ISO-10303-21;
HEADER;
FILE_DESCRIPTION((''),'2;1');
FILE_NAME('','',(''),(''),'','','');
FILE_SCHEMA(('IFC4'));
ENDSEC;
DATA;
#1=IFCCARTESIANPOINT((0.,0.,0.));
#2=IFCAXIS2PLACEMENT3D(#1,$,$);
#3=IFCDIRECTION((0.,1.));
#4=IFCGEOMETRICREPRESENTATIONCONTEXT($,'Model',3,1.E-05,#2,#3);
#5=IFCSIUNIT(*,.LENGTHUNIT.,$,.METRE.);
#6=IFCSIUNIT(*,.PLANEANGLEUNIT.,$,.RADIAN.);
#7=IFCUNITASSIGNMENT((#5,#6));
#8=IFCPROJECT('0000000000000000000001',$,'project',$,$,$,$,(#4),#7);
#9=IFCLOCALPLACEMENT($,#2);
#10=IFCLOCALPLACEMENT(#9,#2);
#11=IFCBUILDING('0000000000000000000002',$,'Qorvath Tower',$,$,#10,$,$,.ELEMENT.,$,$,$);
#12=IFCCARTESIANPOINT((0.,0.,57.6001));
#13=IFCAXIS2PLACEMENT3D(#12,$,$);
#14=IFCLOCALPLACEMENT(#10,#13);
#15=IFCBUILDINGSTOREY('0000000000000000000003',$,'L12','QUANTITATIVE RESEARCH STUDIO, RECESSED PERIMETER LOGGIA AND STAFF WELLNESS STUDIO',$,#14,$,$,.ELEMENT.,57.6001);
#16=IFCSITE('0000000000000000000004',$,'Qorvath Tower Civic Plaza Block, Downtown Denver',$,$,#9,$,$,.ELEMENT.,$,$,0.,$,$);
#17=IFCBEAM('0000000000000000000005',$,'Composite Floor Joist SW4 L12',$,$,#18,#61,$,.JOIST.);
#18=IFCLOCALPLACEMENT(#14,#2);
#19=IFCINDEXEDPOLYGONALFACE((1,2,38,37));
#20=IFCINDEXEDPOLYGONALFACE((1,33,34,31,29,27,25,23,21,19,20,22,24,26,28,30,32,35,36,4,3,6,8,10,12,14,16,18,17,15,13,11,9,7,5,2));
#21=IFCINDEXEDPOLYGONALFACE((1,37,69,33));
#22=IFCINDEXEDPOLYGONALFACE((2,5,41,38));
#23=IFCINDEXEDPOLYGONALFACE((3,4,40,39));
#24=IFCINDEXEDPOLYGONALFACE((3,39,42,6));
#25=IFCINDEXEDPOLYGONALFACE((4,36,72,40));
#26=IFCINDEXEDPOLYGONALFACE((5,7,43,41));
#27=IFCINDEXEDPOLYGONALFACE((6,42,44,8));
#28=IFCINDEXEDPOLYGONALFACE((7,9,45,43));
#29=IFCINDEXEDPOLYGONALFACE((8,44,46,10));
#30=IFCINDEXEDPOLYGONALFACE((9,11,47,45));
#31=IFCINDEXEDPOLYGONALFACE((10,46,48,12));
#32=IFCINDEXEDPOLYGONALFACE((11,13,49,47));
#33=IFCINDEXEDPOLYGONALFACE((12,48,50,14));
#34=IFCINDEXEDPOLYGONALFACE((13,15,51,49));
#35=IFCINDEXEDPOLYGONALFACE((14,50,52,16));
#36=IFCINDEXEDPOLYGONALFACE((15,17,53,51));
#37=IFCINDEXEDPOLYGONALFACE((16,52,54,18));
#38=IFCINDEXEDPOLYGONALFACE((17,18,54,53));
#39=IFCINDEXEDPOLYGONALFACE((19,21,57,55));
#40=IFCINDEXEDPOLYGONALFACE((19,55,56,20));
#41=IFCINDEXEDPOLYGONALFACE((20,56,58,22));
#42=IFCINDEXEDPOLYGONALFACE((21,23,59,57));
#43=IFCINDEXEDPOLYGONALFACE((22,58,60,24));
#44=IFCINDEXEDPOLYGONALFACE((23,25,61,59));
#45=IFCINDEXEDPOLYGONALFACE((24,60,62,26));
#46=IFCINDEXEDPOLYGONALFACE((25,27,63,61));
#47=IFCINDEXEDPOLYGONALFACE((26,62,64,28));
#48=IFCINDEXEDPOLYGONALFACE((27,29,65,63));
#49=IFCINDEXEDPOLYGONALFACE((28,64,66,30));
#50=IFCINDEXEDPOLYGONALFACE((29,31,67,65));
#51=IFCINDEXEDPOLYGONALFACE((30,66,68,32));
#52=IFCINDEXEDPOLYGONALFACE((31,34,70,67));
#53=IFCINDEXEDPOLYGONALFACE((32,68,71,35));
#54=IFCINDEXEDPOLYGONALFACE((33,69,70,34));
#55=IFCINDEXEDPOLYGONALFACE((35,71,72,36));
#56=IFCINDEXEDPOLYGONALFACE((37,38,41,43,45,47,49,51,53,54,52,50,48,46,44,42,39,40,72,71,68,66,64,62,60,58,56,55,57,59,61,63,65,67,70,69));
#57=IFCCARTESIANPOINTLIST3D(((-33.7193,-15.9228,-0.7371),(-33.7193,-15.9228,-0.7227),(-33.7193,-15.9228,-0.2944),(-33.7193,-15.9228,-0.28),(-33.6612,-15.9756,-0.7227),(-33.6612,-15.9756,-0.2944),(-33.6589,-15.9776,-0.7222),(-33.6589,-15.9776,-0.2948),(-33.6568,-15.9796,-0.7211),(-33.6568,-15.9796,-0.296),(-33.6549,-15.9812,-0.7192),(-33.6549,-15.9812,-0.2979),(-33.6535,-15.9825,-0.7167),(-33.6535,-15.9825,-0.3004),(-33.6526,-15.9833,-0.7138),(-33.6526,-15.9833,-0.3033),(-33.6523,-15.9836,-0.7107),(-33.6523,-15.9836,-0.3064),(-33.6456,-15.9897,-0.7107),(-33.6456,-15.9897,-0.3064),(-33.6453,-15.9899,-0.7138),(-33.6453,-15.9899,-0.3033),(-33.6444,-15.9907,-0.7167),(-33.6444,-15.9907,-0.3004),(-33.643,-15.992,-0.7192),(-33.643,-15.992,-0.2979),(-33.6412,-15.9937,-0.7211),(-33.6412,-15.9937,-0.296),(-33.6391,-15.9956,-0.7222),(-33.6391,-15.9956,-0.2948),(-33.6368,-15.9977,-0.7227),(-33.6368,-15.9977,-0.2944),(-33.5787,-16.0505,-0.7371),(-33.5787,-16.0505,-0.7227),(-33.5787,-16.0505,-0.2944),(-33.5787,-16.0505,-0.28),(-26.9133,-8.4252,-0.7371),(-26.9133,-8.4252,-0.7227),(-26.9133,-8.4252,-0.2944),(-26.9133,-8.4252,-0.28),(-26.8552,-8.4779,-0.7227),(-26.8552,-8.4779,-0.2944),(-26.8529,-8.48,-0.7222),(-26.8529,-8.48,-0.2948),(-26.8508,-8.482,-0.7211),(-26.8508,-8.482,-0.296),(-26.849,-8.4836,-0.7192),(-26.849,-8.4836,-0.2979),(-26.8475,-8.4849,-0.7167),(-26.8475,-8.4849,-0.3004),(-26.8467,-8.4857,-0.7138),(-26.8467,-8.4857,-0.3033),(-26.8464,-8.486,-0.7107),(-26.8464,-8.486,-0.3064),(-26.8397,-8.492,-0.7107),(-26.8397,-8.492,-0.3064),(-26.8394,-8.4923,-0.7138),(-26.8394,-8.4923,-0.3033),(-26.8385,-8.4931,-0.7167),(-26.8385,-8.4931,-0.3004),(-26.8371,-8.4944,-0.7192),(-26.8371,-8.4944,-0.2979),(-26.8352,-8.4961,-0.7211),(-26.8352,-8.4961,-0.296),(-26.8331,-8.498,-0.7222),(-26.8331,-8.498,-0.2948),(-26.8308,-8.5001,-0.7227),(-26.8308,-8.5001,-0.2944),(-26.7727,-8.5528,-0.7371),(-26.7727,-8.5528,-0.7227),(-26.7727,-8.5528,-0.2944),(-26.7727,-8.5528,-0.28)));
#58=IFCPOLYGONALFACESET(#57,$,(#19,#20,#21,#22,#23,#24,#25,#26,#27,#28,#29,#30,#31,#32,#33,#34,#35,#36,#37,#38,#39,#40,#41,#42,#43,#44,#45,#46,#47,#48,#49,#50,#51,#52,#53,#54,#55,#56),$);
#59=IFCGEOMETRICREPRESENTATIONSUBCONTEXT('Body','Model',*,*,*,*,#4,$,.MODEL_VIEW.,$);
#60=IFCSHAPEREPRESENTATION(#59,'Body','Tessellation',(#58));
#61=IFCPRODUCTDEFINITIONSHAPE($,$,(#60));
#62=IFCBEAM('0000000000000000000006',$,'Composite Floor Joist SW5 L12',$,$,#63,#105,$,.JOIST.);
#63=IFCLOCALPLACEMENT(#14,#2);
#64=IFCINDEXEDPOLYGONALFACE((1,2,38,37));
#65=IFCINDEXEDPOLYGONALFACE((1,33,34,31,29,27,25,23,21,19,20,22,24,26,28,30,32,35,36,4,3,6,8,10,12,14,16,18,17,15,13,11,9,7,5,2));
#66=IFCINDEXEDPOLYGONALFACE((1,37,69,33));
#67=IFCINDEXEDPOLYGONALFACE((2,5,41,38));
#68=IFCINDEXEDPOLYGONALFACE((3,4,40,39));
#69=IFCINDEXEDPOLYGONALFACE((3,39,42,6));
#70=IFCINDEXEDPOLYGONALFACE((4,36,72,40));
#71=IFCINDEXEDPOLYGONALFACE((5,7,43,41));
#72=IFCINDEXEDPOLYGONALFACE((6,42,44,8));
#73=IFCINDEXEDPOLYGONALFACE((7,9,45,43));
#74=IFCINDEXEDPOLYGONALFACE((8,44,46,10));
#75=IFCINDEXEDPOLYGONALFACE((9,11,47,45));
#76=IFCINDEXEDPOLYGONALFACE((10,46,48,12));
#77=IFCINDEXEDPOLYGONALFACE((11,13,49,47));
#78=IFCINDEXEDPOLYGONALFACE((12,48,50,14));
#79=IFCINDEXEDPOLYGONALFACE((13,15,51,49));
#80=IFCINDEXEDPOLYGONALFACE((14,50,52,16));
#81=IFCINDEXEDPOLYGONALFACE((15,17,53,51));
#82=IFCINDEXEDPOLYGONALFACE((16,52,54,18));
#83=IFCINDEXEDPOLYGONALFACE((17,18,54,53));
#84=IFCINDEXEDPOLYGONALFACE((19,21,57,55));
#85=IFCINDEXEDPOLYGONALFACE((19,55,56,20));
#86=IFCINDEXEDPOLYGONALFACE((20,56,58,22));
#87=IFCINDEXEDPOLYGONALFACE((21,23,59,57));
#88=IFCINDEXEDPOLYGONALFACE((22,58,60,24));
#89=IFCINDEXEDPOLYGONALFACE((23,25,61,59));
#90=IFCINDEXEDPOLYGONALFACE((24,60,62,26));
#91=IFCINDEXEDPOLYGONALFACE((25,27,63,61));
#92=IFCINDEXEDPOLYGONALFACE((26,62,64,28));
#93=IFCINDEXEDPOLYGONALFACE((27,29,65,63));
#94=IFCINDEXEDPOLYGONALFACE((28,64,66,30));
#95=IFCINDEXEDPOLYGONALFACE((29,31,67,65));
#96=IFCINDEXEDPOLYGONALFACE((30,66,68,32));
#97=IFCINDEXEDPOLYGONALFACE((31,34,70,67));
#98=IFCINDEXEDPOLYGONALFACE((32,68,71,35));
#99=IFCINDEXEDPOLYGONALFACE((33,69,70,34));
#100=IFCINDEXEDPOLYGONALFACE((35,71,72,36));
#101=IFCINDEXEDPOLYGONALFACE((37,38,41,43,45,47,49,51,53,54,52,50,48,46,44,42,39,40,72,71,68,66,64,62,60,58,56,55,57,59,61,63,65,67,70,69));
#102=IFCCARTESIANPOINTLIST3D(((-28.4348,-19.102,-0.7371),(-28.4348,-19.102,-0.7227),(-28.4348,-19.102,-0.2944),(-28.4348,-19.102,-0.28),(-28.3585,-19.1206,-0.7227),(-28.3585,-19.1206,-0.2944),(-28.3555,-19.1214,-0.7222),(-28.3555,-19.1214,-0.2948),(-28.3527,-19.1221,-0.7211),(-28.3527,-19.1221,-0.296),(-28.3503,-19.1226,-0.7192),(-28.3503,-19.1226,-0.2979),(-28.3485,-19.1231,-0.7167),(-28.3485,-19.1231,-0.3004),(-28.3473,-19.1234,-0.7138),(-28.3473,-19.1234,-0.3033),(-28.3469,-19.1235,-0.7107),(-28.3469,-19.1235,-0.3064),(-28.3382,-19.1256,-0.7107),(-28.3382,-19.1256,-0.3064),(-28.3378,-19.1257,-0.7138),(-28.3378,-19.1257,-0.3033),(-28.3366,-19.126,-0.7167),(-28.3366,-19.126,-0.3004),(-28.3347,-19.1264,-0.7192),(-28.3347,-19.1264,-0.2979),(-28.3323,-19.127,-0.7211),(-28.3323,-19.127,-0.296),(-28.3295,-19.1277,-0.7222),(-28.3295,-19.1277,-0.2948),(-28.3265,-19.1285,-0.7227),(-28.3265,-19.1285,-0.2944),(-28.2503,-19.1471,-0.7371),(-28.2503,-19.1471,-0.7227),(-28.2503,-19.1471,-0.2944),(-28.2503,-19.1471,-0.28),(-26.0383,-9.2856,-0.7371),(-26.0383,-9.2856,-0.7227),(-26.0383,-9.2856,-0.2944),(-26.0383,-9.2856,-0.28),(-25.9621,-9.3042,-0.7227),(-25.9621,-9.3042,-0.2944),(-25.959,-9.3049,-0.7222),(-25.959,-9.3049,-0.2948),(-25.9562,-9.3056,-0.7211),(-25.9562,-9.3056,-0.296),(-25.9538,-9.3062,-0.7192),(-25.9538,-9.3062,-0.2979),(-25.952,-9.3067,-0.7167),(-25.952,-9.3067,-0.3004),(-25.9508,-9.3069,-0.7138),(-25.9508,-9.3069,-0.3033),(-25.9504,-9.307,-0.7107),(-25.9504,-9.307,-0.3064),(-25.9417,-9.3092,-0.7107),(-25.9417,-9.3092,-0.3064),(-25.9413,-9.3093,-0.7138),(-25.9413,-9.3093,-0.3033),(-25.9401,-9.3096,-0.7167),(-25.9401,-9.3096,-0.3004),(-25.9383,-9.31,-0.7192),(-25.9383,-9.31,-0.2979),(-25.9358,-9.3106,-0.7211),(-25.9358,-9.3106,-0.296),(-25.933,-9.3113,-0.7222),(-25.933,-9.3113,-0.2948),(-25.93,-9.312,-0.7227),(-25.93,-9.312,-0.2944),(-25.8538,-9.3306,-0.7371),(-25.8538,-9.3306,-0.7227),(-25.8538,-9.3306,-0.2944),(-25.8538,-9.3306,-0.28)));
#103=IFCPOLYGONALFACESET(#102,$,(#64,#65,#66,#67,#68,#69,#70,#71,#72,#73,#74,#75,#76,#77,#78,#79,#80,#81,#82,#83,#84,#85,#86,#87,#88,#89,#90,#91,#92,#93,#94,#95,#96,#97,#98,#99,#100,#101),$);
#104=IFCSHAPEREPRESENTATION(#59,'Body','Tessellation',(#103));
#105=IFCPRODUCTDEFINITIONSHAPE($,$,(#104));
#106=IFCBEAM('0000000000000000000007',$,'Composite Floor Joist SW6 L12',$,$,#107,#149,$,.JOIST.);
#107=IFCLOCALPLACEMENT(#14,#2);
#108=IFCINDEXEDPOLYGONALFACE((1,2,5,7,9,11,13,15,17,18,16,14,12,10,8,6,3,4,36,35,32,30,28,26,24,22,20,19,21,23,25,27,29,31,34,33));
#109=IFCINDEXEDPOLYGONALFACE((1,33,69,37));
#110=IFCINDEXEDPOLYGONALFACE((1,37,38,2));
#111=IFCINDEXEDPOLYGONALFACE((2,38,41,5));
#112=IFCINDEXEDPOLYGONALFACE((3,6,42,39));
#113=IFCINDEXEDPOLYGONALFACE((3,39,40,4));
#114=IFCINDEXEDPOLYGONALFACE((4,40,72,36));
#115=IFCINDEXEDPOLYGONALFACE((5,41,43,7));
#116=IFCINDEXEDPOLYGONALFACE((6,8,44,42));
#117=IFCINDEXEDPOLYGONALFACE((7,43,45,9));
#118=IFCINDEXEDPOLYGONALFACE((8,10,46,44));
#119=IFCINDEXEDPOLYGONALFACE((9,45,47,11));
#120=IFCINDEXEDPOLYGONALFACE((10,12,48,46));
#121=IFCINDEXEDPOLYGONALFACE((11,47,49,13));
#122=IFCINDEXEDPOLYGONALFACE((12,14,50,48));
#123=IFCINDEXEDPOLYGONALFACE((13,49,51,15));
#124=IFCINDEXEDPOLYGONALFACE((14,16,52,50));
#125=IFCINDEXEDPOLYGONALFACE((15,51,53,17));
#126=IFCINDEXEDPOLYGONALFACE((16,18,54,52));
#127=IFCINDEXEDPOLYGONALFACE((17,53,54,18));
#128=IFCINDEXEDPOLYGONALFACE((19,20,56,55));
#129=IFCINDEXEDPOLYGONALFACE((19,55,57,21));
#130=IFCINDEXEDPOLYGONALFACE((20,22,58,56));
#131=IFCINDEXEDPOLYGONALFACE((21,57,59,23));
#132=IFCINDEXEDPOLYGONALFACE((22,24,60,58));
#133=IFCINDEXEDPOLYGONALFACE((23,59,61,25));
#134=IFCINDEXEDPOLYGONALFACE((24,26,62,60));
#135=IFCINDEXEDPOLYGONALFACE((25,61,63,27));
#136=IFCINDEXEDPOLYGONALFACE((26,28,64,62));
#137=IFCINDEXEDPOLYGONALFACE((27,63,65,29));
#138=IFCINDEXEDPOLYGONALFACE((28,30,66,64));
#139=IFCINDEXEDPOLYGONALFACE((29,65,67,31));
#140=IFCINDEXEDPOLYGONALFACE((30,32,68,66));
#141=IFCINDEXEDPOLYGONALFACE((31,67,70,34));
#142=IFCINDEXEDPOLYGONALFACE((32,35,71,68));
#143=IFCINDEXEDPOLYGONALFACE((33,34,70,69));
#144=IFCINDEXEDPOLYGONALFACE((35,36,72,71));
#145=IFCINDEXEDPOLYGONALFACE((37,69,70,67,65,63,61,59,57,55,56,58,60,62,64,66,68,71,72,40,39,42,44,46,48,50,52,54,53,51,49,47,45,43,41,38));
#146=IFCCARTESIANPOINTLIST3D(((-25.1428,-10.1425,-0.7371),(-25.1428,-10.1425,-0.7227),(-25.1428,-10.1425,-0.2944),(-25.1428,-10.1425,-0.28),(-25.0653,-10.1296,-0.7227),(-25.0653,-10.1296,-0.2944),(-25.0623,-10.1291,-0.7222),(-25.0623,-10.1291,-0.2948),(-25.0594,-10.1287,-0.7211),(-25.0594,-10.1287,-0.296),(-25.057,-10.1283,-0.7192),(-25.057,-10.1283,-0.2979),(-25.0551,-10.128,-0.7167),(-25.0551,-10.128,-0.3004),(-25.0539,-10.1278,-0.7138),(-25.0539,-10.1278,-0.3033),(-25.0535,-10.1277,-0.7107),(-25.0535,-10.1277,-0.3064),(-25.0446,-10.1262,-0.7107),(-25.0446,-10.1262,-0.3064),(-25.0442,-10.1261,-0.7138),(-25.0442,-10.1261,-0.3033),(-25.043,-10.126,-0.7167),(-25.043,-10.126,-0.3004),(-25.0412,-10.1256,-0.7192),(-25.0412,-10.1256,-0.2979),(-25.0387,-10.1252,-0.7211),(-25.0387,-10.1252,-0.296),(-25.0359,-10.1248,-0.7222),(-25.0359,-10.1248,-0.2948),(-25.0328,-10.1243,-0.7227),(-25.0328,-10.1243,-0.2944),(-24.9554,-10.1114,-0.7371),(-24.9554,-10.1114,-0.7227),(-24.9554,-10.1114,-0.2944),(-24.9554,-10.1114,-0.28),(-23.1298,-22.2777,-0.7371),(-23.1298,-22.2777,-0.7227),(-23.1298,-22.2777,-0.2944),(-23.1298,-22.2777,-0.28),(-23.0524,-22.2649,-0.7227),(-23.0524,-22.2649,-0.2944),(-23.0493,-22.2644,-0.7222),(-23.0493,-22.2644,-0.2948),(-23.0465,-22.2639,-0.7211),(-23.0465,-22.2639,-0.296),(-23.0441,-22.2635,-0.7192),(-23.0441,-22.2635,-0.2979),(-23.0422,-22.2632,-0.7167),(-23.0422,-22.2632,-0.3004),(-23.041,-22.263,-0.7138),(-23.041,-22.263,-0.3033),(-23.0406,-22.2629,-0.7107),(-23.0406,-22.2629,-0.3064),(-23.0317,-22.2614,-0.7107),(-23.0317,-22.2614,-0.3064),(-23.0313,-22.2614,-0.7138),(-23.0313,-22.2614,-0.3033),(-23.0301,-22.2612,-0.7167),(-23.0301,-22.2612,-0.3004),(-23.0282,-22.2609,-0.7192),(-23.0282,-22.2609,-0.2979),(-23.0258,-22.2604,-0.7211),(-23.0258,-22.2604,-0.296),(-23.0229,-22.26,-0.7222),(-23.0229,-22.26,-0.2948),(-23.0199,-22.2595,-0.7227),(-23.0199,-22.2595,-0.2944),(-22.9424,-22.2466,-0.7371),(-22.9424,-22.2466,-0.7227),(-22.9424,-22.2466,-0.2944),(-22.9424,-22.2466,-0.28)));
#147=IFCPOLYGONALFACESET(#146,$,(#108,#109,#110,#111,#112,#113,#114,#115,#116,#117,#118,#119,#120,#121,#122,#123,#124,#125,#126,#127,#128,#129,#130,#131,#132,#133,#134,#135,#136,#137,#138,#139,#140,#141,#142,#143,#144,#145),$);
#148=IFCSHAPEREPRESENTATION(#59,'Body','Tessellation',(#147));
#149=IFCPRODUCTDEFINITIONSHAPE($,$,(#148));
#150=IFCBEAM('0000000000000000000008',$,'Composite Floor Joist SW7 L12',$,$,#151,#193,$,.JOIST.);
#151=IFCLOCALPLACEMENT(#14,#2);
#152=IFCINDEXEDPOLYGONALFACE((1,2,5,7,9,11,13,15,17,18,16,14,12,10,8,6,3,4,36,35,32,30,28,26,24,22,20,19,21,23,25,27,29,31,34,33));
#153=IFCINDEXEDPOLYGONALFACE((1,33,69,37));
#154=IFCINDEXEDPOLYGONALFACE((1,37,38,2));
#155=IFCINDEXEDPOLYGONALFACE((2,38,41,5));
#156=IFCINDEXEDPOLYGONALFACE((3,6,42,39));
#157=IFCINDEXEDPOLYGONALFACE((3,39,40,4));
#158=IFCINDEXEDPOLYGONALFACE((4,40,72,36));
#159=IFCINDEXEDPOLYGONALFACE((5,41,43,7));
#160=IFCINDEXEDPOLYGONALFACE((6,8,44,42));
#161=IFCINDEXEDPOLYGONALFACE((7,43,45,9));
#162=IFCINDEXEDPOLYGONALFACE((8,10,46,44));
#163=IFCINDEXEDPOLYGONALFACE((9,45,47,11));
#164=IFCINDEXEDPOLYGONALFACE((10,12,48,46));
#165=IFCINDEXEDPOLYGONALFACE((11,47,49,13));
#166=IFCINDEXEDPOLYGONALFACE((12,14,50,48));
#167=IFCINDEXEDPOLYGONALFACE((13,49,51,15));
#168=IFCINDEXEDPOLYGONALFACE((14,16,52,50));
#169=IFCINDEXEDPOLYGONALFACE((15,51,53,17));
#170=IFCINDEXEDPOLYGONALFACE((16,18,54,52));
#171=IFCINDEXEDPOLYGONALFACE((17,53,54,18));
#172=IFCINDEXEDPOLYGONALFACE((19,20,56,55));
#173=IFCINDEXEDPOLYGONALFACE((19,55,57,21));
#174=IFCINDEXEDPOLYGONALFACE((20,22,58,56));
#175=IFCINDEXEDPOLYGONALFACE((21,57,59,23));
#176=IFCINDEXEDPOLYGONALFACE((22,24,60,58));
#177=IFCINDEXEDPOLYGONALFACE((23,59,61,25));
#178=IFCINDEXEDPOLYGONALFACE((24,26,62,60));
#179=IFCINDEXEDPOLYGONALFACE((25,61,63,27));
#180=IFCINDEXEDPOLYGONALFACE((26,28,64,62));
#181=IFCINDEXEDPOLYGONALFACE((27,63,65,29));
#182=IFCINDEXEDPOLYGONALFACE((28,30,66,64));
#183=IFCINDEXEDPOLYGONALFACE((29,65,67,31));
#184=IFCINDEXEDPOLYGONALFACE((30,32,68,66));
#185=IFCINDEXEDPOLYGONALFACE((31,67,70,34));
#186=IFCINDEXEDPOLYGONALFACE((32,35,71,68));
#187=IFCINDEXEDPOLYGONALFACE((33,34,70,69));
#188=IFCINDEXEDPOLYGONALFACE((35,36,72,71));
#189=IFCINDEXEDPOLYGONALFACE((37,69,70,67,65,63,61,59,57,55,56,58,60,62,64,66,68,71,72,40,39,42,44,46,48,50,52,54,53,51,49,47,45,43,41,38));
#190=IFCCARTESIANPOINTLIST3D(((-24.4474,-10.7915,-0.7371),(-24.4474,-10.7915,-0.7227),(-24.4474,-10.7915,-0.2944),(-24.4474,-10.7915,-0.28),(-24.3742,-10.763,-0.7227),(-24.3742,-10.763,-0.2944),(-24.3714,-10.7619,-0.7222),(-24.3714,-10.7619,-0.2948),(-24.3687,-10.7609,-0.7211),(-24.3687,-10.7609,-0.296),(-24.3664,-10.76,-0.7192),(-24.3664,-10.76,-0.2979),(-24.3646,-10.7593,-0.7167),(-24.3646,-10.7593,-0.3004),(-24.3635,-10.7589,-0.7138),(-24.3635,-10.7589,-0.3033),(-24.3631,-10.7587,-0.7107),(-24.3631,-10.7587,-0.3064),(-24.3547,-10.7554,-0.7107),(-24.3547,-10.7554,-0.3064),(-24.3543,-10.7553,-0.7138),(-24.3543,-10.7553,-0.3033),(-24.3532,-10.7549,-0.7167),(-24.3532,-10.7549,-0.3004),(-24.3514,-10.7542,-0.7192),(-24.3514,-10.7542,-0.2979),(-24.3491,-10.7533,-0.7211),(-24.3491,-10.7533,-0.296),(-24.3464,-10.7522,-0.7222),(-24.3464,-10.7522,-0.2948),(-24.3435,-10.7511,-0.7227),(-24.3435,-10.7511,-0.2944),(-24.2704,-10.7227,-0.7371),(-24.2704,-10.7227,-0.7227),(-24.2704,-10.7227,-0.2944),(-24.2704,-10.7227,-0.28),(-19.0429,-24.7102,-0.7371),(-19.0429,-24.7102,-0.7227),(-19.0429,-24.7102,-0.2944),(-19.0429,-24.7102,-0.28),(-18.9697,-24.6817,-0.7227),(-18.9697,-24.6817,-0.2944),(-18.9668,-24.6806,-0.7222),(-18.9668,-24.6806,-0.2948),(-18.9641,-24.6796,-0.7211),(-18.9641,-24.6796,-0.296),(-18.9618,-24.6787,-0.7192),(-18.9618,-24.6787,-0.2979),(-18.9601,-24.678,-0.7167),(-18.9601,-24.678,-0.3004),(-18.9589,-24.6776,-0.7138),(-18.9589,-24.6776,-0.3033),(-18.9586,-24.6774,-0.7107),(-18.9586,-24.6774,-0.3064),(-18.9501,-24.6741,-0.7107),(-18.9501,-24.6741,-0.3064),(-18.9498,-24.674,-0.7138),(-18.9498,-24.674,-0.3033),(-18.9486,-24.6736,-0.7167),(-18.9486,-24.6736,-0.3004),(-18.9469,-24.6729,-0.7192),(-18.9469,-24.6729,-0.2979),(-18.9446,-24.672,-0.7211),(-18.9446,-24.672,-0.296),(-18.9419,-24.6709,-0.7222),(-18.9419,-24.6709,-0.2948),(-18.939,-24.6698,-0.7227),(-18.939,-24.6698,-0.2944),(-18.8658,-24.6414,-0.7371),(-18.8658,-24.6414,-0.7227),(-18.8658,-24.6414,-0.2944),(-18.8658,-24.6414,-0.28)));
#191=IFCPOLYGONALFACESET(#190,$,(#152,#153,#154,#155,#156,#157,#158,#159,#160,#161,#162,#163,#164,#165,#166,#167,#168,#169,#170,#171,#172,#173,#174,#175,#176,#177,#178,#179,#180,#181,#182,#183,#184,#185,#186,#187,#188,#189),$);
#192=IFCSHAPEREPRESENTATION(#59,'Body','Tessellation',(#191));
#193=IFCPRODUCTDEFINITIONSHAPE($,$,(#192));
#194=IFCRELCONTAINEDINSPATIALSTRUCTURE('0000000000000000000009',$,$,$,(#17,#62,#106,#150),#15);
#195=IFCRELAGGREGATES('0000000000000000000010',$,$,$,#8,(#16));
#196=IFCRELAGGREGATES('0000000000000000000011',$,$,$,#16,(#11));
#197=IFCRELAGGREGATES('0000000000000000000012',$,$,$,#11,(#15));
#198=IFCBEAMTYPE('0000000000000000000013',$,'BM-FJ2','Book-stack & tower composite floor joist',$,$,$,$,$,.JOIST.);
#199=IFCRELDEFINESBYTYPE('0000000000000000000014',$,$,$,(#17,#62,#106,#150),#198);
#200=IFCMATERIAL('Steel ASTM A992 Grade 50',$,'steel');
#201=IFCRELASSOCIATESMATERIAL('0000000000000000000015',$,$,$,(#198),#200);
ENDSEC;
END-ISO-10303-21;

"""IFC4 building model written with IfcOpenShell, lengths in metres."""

from ifc_helpers import new_model, si_unit, direction, frame, origin, origin_2d, place, context, subcontext, project, spatial, i_section, extrude, material, material_profile, profile_set, type_object, element, save


model = new_model("IFC4")

# Units and contexts
model_context = context("Model", 3, precision=1e-05, world=origin(), true_north=direction((0.0, 1.0)))
body_context = subcontext(model_context, "Body", "Model", "MODEL_VIEW")
ifc_project = project(units=[si_unit("LENGTHUNIT", "METRE"), si_unit("PLANEANGLEUNIT", "RADIAN")], contexts=[model_context])

# Site, building, storey
site_placement = place(None, origin())
site = spatial("IfcSite", under=ifc_project, at=site_placement, Name="Qorvath Tower Civic Plaza Block, Downtown Denver", CompositionType="ELEMENT", RefElevation=0.0)
building_placement = place(site_placement, origin())
building = spatial("IfcBuilding", under=site, at=building_placement, Name="Qorvath Tower", CompositionType="ELEMENT")
storey_placement = place(building_placement, frame((0.0, 0.0, 57.6001)))
storey = spatial("IfcBuildingStorey", under=building, at=storey_placement, Name="L12", Description="QUANTITATIVE RESEARCH STUDIO, RECESSED PERIMETER LOGGIA AND STAFF WELLNESS STUDIO", CompositionType="ELEMENT", Elevation=57.6001)

# Beams
ifc_material_1 = material(Name="Steel ASTM A992 Grade 50", Category="steel")
ifc_material_profile = material_profile(ifc_material_1, i_section(OverallWidth=0.1899, OverallDepth=0.457, WebThickness=0.009, FlangeThickness=0.0144, FilletRadius=0.012, at=origin_2d()), Name="W18x50")
ifc_profile_set = profile_set([ifc_material_profile], Name="Steel ASTM A992 Grade 50")
beam_type = type_object("IfcBeamType", Name="BM-FJ2", Description="Book-stack & tower composite floor joist", PredefinedType="JOIST", material=ifc_profile_set)
beam_1_placement = place(storey_placement, frame((-26.843, -8.489, -0.5085), z_axis=(-0.672129, -0.740434, 0.0), x_axis=(0.740434, -0.672129, 0.0)))
element("IfcBeam", 1, at=beam_1_placement, inside=storey, type_object=beam_type, Name="Composite Floor Joist SW4 L12", PredefinedType="JOIST", context=body_context, shape_type="SweptSolid", body=[
    extrude(i_section(OverallWidth=0.1899, OverallDepth=0.457, WebThickness=0.009, FlangeThickness=0.0144, FilletRadius=0.012, at=origin_2d()), origin(), (0.0, 0.0, 1.0), 10.126),
])
beam_2_placement = place(storey_placement, frame((-25.946, -9.3081, -0.5085), z_axis=(-0.237165, -0.971469, 0.0), x_axis=(0.971469, -0.237165, 0.0)))
element("IfcBeam", 2, at=beam_2_placement, inside=storey, type_object=beam_type, Name="Composite Floor Joist SW5 L12", PredefinedType="JOIST", context=body_context, shape_type="SweptSolid", body=[
    extrude(i_section(OverallWidth=0.1899, OverallDepth=0.457, WebThickness=0.009, FlangeThickness=0.0144, FilletRadius=0.012, at=origin_2d()), origin(), (0.0, 0.0, 1.0), 10.1047),
])
beam_3_placement = place(storey_placement, frame((-25.0491, -10.127, -0.5085), z_axis=(0.163639, -0.98652, 0.0), x_axis=(0.98652, 0.163639, 0.0)))
element("IfcBeam", 3, at=beam_3_placement, inside=storey, type_object=beam_type, Name="Composite Floor Joist SW6 L12", PredefinedType="JOIST", context=body_context, shape_type="SweptSolid", body=[
    extrude(i_section(OverallWidth=0.1899, OverallDepth=0.457, WebThickness=0.009, FlangeThickness=0.0144, FilletRadius=0.012, at=origin_2d()), origin(), (0.0, 0.0, 1.0), 12.301),
])
beam_4_placement = place(storey_placement, frame((-24.3589, -10.7571, -0.5085), z_axis=(0.361964, -0.932192, 0.0), x_axis=(0.932192, 0.361964, 0.0)))
element("IfcBeam", 4, at=beam_4_placement, inside=storey, type_object=beam_type, Name="Composite Floor Joist SW7 L12", PredefinedType="JOIST", context=body_context, shape_type="SweptSolid", body=[
    extrude(i_section(OverallWidth=0.1899, OverallDepth=0.457, WebThickness=0.009, FlangeThickness=0.0144, FilletRadius=0.012, at=origin_2d()), origin(), (0.0, 0.0, 1.0), 14.9312),
])

save(model, "model.ifc")
